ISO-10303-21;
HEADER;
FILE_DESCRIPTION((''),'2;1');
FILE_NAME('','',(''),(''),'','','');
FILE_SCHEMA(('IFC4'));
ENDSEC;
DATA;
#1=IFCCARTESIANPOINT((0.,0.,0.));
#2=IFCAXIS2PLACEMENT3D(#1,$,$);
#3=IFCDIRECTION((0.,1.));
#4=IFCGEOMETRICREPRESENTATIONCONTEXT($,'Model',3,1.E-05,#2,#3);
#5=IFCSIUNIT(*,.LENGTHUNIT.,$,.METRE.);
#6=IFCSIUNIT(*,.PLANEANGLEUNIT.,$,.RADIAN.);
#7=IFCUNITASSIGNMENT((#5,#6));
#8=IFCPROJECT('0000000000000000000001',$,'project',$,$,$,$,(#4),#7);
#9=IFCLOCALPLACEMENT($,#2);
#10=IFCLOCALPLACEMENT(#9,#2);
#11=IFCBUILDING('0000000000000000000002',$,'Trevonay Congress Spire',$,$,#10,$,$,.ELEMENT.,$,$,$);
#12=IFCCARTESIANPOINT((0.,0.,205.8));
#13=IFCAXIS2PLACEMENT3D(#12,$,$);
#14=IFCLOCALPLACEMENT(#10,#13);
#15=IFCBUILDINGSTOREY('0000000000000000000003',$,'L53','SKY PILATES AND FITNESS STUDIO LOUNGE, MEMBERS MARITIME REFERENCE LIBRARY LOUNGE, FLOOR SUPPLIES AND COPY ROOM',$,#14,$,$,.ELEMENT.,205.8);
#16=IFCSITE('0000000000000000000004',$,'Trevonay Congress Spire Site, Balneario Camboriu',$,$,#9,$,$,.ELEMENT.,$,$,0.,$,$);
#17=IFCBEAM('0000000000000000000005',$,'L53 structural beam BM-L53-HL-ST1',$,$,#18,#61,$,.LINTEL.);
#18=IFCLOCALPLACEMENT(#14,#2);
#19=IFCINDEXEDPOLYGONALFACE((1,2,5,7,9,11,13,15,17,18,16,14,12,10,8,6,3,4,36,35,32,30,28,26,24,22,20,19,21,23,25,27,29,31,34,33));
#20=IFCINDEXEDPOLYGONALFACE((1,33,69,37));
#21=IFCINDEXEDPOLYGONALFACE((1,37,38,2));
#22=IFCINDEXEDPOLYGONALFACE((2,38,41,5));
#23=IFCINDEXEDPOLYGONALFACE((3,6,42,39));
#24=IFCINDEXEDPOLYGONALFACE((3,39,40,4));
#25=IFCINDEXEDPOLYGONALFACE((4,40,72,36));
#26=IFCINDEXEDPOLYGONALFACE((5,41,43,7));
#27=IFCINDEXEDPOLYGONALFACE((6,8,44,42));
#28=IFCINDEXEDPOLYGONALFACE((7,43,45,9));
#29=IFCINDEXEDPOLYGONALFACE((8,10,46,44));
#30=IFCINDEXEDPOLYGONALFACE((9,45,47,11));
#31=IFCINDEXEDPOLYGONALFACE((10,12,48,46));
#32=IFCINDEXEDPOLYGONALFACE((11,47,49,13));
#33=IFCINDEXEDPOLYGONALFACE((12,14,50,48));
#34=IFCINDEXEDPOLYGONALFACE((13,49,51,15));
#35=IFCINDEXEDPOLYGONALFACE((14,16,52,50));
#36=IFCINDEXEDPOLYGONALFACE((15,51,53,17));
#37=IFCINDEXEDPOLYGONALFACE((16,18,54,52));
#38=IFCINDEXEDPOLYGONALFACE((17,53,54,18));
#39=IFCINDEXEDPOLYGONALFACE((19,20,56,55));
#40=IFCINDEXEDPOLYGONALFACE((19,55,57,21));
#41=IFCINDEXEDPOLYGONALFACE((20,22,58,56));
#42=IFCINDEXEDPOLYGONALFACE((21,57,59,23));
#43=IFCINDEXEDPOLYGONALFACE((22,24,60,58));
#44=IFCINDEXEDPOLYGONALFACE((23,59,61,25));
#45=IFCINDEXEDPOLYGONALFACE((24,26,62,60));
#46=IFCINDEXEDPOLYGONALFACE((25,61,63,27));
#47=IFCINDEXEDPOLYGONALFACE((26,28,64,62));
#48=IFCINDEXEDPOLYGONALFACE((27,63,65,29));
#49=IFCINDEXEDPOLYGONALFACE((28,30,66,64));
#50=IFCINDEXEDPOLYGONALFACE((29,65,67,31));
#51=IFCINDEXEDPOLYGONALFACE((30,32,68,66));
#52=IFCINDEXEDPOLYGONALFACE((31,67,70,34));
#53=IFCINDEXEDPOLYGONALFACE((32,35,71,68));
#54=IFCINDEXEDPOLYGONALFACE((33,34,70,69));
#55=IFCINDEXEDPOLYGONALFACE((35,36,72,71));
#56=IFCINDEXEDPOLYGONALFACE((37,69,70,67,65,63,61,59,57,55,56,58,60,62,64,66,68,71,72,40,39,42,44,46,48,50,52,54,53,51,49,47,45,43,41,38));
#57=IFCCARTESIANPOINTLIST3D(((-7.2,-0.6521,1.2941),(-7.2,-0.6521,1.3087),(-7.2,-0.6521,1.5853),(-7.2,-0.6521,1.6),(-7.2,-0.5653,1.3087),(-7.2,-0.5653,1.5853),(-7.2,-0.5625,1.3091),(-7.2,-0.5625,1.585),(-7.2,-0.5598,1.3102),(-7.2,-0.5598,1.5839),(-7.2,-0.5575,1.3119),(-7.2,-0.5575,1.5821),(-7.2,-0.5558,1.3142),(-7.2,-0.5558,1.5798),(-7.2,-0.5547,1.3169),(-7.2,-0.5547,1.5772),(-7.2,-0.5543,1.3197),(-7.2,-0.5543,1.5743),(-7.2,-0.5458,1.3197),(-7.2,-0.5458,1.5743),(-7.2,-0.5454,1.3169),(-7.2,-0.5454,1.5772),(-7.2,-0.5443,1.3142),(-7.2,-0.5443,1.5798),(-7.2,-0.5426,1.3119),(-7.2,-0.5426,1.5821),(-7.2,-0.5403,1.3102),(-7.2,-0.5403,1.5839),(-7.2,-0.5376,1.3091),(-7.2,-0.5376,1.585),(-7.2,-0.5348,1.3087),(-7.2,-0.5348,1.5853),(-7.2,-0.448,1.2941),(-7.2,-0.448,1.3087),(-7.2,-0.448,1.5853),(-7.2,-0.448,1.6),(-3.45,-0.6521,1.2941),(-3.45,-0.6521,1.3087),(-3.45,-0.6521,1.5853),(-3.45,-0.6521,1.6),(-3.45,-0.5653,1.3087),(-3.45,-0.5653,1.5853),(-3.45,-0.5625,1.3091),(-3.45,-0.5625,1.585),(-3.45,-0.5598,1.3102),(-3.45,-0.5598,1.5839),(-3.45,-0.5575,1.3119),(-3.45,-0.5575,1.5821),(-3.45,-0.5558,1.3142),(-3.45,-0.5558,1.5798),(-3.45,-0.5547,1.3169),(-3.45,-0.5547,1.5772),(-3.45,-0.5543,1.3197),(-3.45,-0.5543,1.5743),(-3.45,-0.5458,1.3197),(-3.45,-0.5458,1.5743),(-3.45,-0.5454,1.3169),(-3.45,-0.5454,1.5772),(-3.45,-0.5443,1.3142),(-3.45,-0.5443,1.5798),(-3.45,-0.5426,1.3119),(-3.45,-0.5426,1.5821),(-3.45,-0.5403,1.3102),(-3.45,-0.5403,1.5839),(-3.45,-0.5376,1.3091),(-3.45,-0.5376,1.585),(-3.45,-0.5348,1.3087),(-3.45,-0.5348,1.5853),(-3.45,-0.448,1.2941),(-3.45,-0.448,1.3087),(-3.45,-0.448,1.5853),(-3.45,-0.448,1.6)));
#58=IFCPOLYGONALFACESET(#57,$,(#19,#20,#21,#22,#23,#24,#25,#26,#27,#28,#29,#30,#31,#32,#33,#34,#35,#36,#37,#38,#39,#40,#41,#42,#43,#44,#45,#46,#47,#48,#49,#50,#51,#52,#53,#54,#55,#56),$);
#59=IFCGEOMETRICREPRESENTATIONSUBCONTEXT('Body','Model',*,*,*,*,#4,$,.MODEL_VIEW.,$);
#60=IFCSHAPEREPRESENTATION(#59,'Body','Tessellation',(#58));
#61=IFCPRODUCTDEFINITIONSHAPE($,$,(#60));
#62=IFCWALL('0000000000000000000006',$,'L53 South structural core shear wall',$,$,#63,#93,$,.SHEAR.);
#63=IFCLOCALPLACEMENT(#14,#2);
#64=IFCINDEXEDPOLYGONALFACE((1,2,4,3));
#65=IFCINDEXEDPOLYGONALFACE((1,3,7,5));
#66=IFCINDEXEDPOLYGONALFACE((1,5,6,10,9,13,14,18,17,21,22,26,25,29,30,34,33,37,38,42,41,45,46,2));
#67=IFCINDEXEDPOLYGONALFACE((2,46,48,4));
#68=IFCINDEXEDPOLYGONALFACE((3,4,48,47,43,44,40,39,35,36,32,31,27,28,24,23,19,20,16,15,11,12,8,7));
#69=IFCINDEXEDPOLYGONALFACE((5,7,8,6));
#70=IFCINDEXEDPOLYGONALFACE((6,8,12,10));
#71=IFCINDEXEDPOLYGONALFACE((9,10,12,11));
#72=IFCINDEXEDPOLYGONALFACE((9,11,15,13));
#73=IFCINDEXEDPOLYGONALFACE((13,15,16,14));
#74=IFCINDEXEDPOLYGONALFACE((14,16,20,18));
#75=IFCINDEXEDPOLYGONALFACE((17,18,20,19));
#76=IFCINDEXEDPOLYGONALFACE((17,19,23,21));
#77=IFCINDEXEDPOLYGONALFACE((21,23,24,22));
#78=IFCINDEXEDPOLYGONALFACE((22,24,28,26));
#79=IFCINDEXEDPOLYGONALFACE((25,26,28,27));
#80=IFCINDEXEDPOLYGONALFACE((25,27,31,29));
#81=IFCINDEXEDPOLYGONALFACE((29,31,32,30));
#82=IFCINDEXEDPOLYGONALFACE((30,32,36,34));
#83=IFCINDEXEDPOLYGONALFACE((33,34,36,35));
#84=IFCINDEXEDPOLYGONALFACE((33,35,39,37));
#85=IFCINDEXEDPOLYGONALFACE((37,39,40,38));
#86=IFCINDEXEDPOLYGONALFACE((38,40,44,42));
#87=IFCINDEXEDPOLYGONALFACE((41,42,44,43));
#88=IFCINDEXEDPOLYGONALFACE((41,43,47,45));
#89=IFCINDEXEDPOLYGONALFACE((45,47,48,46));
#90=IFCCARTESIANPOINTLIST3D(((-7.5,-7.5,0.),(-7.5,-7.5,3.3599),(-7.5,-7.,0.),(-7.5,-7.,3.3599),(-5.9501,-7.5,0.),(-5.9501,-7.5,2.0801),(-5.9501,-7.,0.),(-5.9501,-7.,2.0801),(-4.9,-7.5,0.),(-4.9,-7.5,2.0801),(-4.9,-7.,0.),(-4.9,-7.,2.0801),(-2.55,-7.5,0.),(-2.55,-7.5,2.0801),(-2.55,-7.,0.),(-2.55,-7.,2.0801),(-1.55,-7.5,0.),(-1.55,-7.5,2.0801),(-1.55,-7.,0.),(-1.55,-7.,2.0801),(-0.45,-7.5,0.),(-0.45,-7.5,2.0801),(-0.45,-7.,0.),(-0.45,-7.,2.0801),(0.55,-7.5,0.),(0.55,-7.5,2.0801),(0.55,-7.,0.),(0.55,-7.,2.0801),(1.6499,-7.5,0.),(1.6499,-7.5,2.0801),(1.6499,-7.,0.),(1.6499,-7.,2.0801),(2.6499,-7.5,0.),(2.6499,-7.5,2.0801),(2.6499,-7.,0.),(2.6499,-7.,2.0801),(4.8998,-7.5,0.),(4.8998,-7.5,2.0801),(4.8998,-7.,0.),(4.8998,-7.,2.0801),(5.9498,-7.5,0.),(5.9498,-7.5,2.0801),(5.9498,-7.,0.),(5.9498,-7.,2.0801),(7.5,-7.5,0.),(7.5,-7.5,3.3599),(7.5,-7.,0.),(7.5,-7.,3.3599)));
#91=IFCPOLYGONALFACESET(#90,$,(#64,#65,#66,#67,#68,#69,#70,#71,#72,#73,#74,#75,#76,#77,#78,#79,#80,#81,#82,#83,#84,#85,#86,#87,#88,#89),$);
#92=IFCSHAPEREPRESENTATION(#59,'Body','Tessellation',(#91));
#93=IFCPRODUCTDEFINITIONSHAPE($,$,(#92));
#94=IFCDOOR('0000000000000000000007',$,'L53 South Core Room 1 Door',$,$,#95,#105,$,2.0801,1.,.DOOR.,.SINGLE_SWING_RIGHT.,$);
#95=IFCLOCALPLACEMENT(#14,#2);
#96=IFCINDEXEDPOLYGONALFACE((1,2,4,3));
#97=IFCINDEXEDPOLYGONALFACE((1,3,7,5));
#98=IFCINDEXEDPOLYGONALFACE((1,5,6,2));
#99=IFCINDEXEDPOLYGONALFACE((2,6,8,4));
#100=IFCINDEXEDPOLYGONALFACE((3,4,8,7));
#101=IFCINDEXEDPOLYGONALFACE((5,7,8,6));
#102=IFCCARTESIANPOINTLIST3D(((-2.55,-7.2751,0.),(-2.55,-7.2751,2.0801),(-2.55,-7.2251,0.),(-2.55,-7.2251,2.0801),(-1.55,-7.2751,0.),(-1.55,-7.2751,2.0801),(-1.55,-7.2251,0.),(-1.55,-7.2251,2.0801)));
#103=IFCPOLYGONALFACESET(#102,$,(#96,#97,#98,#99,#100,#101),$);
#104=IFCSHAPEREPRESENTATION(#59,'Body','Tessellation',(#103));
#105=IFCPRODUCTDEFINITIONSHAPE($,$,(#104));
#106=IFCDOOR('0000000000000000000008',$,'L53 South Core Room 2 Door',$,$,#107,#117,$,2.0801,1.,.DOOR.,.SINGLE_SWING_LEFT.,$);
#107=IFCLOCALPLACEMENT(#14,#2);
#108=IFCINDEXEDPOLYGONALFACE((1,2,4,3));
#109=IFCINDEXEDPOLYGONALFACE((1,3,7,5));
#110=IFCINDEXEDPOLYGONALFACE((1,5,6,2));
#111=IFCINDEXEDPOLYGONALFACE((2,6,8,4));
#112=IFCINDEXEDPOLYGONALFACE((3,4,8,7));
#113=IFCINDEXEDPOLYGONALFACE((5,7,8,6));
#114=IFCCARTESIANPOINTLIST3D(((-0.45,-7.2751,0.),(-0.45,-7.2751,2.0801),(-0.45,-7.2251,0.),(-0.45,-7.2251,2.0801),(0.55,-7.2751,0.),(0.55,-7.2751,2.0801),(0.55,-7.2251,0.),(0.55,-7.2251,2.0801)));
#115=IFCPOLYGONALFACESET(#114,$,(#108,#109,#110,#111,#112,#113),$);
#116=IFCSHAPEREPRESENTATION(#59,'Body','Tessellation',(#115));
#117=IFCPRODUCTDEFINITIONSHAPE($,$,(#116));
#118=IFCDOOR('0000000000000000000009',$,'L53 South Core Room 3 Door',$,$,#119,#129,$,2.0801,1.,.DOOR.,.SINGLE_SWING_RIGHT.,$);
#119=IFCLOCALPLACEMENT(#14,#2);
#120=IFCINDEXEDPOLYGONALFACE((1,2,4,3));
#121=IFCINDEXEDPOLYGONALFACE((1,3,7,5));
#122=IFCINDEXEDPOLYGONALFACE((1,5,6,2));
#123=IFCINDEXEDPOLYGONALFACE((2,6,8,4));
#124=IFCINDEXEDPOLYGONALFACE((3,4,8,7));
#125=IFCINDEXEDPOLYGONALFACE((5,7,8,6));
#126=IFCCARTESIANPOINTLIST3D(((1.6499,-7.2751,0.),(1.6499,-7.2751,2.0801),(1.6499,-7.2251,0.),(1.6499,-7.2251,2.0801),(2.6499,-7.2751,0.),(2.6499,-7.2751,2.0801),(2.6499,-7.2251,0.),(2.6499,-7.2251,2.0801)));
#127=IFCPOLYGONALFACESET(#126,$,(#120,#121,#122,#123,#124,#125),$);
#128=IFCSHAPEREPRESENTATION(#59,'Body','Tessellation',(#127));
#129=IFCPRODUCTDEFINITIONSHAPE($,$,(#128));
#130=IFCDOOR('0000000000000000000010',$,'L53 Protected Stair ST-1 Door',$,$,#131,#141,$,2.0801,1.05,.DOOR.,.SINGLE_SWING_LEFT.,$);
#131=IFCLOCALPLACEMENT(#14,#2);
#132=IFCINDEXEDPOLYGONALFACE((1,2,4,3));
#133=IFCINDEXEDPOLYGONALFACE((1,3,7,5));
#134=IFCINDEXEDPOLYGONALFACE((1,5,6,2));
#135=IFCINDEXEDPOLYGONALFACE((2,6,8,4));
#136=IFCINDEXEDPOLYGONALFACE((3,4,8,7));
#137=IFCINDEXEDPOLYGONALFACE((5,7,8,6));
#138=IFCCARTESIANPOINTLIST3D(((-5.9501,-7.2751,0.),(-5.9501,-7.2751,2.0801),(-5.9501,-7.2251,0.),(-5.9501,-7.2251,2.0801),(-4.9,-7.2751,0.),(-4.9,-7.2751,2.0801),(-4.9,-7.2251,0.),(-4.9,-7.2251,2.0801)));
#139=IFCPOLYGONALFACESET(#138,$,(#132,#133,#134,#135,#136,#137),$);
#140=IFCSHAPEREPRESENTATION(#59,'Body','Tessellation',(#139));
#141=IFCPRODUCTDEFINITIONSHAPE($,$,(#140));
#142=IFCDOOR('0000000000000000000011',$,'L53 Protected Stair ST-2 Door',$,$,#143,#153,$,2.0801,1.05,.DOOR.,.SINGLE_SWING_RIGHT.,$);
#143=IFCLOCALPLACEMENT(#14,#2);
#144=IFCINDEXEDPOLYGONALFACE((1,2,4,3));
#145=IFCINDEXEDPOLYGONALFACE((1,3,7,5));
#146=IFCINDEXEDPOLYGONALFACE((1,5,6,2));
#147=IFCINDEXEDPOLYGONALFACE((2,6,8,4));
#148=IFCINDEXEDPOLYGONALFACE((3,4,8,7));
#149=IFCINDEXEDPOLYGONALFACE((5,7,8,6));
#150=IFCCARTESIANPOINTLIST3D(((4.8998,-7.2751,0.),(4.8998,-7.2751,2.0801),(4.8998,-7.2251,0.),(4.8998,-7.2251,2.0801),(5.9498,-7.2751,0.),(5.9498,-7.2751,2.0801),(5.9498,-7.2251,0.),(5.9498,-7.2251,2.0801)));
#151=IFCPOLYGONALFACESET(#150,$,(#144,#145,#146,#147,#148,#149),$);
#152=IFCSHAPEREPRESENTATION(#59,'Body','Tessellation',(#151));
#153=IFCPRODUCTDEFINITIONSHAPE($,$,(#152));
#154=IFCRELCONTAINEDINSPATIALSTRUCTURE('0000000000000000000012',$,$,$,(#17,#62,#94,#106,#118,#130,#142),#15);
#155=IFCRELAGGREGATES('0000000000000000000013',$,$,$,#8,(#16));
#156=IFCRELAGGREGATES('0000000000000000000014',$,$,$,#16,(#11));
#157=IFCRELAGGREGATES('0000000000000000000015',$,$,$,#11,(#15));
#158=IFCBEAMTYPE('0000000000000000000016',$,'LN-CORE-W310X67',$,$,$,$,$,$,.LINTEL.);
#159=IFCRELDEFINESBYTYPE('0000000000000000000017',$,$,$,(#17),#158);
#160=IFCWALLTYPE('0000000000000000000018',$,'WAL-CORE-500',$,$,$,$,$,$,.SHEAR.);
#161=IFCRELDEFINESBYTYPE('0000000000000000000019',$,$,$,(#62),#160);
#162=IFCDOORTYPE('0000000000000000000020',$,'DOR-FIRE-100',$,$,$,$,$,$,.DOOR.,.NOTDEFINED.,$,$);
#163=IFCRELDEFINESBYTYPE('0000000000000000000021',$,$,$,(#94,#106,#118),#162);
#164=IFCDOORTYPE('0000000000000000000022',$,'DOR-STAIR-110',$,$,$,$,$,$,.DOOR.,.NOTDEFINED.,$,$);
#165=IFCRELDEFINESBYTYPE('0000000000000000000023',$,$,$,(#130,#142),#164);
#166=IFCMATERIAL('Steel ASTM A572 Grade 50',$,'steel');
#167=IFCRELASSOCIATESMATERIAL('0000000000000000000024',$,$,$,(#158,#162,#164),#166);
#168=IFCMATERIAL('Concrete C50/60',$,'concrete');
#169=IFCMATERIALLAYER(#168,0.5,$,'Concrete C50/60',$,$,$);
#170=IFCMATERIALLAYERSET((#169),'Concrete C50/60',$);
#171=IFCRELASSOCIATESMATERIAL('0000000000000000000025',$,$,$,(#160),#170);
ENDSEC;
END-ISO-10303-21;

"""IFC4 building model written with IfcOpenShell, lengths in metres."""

from ifc_helpers import new_model, si_unit, direction, frame, frame_2d, origin, origin_2d, place, context, subcontext, project, spatial, rectangle, i_section, extrude, material, layer, layer_set, material_profile, profile_set, type_object, element, fill, save


model = new_model("IFC4")

# Units and contexts
model_context = context("Model", 3, precision=1e-05, world=origin(), true_north=direction((0.0, 1.0)))
body_context = subcontext(model_context, "Body", "Model", "MODEL_VIEW")
ifc_project = project(units=[si_unit("LENGTHUNIT", "METRE"), si_unit("PLANEANGLEUNIT", "RADIAN")], contexts=[model_context])

# Site, building, storey
site_placement = place(None, origin())
site = spatial("IfcSite", under=ifc_project, at=site_placement, Name="Trevonay Congress Spire Site, Balneario Camboriu", CompositionType="ELEMENT", RefElevation=0.0)
building_placement = place(site_placement, origin())
building = spatial("IfcBuilding", under=site, at=building_placement, Name="Trevonay Congress Spire", CompositionType="ELEMENT")
storey_placement = place(building_placement, frame((0.0, 0.0, 205.8)))
storey = spatial("IfcBuildingStorey", under=building, at=storey_placement, Name="L53", Description="SKY PILATES AND FITNESS STUDIO LOUNGE, MEMBERS MARITIME REFERENCE LIBRARY LOUNGE, FLOOR SUPPLIES AND COPY ROOM", CompositionType="ELEMENT", Elevation=205.8)

# Shared definitions
ifc_material_1 = material(Name="Steel ASTM A572 Grade 50", Category="steel")

# Beam
ifc_material_profile_1 = material_profile(ifc_material_1, i_section(OverallWidth=0.2041, OverallDepth=0.3059, WebThickness=0.0085, FlangeThickness=0.0146, FilletRadius=0.011, at=origin_2d()), Name="W310x67")
ifc_profile_set_1 = profile_set([ifc_material_profile_1], Name="Steel ASTM A572 Grade 50")
beam_type_1 = type_object("IfcBeamType", Name="LN-CORE-W310X67", PredefinedType="LINTEL", material=ifc_profile_set_1)
beam_1_placement = place(storey_placement, frame((-7.2, -0.55, 1.447), z_axis=(1.0, 0.0, 0.0), x_axis=(0.0, 1.0, 0.0)))
element("IfcBeam", 1, at=beam_1_placement, inside=storey, type_object=beam_type_1, Name="L53 structural beam BM-L53-HL-ST1", PredefinedType="LINTEL", context=body_context, shape_type="SweptSolid", body=[
    extrude(i_section(OverallWidth=0.2041, OverallDepth=0.3059, WebThickness=0.0085, FlangeThickness=0.0146, FilletRadius=0.011, at=origin_2d()), origin(), (0.0, 0.0, 1.0), 3.75),
])

# Wall, openings, doors
ifc_material_2 = material(Name="Concrete C50/60", Category="concrete")
ifc_layer_1 = layer(ifc_material_2, 0.5, Name="Concrete C50/60")
ifc_layer_set_1 = layer_set([ifc_layer_1], Name="Concrete C50/60")
wall_type_1 = type_object("IfcWallType", Name="WAL-CORE-500", PredefinedType="SHEAR", material=ifc_layer_set_1)
wall_1_placement = place(storey_placement, frame((-7.5, -7.25, 0.0), z_axis=(0.0, 0.0, 1.0), x_axis=(1.0, 0.0, 0.0)))
wall_1 = element("IfcWall", 2, at=wall_1_placement, inside=storey, type_object=wall_type_1, Name="L53 South structural core shear wall", PredefinedType="SHEAR", context=body_context, shape_type="SweptSolid", body=[
    extrude(rectangle(XDim=15.0, YDim=0.5, at=frame_2d((7.5, 0.0))), origin(), (0.0, 0.0, 1.0), 3.3599),
])
opening_1_placement = place(wall_1_placement, frame((1.55, 0.0, 0.0)))
opening_1 = element("IfcOpeningElement", 3, at=opening_1_placement, cuts=wall_1, PredefinedType="OPENING", context=body_context, shape_type="SweptSolid", body=[
    extrude(rectangle(XDim=1.05, YDim=2.0801, at=frame_2d((0.5249, 1.04))), frame((0.0, 0.26, 0.0), z_axis=(0.0, -1.0, 0.0), x_axis=(1.0, 0.0, 0.0)), (0.0, 0.0, 1.0), 0.52),
])
opening_2_placement = place(wall_1_placement, frame((12.3999, 0.0, 0.0)))
opening_2 = element("IfcOpeningElement", 4, at=opening_2_placement, cuts=wall_1, PredefinedType="OPENING", context=body_context, shape_type="SweptSolid", body=[
    extrude(rectangle(XDim=1.05, YDim=2.0801, at=frame_2d((0.5249, 1.04))), frame((0.0, 0.26, 0.0), z_axis=(0.0, -1.0, 0.0), x_axis=(1.0, 0.0, 0.0)), (0.0, 0.0, 1.0), 0.52),
])
opening_3_placement = place(wall_1_placement, frame((4.95, 0.0, 0.0)))
opening_3 = element("IfcOpeningElement", 5, at=opening_3_placement, cuts=wall_1, PredefinedType="OPENING", context=body_context, shape_type="SweptSolid", body=[
    extrude(rectangle(XDim=1.0, YDim=2.0801, at=frame_2d((0.5, 1.04))), frame((0.0, 0.26, 0.0), z_axis=(0.0, -1.0, 0.0), x_axis=(1.0, 0.0, 0.0)), (0.0, 0.0, 1.0), 0.52),
])
opening_4_placement = place(wall_1_placement, frame((7.05, 0.0, 0.0)))
opening_4 = element("IfcOpeningElement", 6, at=opening_4_placement, cuts=wall_1, PredefinedType="OPENING", context=body_context, shape_type="SweptSolid", body=[
    extrude(rectangle(XDim=1.0, YDim=2.0801, at=frame_2d((0.5, 1.04))), frame((0.0, 0.26, 0.0), z_axis=(0.0, -1.0, 0.0), x_axis=(1.0, 0.0, 0.0)), (0.0, 0.0, 1.0), 0.52),
])
opening_5_placement = place(wall_1_placement, frame((9.1499, 0.0, 0.0)))
opening_5 = element("IfcOpeningElement", 7, at=opening_5_placement, cuts=wall_1, PredefinedType="OPENING", context=body_context, shape_type="SweptSolid", body=[
    extrude(rectangle(XDim=1.0, YDim=2.0801, at=frame_2d((0.5, 1.04))), frame((0.0, 0.26, 0.0), z_axis=(0.0, -1.0, 0.0), x_axis=(1.0, 0.0, 0.0)), (0.0, 0.0, 1.0), 0.52),
])
door_type_1 = type_object("IfcDoorType", Name="DOR-FIRE-100", OperationType="NOTDEFINED", PredefinedType="DOOR", material=ifc_material_1)
door_1_placement = place(opening_3_placement, origin())
door_1 = element("IfcDoor", 8, at=door_1_placement, inside=storey, type_object=door_type_1, Name="L53 South Core Room 1 Door", OperationType="SINGLE_SWING_RIGHT", OverallHeight=2.0801, OverallWidth=1.0, PredefinedType="DOOR", context=body_context, shape_type="SweptSolid", body=[
    extrude(rectangle(XDim=1.0, YDim=2.0801, at=frame_2d((0.5, 1.04))), frame((0.0, 0.0249, 0.0), z_axis=(0.0, -1.0, 0.0), x_axis=(1.0, 0.0, 0.0)), (0.0, 0.0, 1.0), 0.05),
])
fill(opening_3, door_1)
door_2_placement = place(opening_4_placement, origin())
door_2 = element("IfcDoor", 9, at=door_2_placement, inside=storey, type_object=door_type_1, Name="L53 South Core Room 2 Door", OperationType="SINGLE_SWING_LEFT", OverallHeight=2.0801, OverallWidth=1.0, PredefinedType="DOOR", context=body_context, shape_type="SweptSolid", body=[
    extrude(rectangle(XDim=1.0, YDim=2.0801, at=frame_2d((0.5, 1.04))), frame((0.0, 0.0249, 0.0), z_axis=(0.0, -1.0, 0.0), x_axis=(1.0, 0.0, 0.0)), (0.0, 0.0, 1.0), 0.05),
])
fill(opening_4, door_2)
door_3_placement = place(opening_5_placement, origin())
door_3 = element("IfcDoor", 10, at=door_3_placement, inside=storey, type_object=door_type_1, Name="L53 South Core Room 3 Door", OperationType="SINGLE_SWING_RIGHT", OverallHeight=2.0801, OverallWidth=1.0, PredefinedType="DOOR", context=body_context, shape_type="SweptSolid", body=[
    extrude(rectangle(XDim=1.0, YDim=2.0801, at=frame_2d((0.5, 1.04))), frame((0.0, 0.0249, 0.0), z_axis=(0.0, -1.0, 0.0), x_axis=(1.0, 0.0, 0.0)), (0.0, 0.0, 1.0), 0.05),
])
fill(opening_5, door_3)
door_type_2 = type_object("IfcDoorType", Name="DOR-STAIR-110", OperationType="NOTDEFINED", PredefinedType="DOOR", material=ifc_material_1)
door_4_placement = place(opening_1_placement, origin())
door_4 = element("IfcDoor", 11, at=door_4_placement, inside=storey, type_object=door_type_2, Name="L53 Protected Stair ST-1 Door", OperationType="SINGLE_SWING_LEFT", OverallHeight=2.0801, OverallWidth=1.05, PredefinedType="DOOR", context=body_context, shape_type="SweptSolid", body=[
    extrude(rectangle(XDim=1.05, YDim=2.0801, at=frame_2d((0.5249, 1.04))), frame((0.0, 0.0249, 0.0), z_axis=(0.0, -1.0, 0.0), x_axis=(1.0, 0.0, 0.0)), (0.0, 0.0, 1.0), 0.05),
])
fill(opening_1, door_4)
door_5_placement = place(opening_2_placement, origin())
door_5 = element("IfcDoor", 12, at=door_5_placement, inside=storey, type_object=door_type_2, Name="L53 Protected Stair ST-2 Door", OperationType="SINGLE_SWING_RIGHT", OverallHeight=2.0801, OverallWidth=1.05, PredefinedType="DOOR", context=body_context, shape_type="SweptSolid", body=[
    extrude(rectangle(XDim=1.05, YDim=2.0801, at=frame_2d((0.5249, 1.04))), frame((0.0, 0.0249, 0.0), z_axis=(0.0, -1.0, 0.0), x_axis=(1.0, 0.0, 0.0)), (0.0, 0.0, 1.0), 0.05),
])
fill(opening_2, door_5)

save(model, "model.ifc")
